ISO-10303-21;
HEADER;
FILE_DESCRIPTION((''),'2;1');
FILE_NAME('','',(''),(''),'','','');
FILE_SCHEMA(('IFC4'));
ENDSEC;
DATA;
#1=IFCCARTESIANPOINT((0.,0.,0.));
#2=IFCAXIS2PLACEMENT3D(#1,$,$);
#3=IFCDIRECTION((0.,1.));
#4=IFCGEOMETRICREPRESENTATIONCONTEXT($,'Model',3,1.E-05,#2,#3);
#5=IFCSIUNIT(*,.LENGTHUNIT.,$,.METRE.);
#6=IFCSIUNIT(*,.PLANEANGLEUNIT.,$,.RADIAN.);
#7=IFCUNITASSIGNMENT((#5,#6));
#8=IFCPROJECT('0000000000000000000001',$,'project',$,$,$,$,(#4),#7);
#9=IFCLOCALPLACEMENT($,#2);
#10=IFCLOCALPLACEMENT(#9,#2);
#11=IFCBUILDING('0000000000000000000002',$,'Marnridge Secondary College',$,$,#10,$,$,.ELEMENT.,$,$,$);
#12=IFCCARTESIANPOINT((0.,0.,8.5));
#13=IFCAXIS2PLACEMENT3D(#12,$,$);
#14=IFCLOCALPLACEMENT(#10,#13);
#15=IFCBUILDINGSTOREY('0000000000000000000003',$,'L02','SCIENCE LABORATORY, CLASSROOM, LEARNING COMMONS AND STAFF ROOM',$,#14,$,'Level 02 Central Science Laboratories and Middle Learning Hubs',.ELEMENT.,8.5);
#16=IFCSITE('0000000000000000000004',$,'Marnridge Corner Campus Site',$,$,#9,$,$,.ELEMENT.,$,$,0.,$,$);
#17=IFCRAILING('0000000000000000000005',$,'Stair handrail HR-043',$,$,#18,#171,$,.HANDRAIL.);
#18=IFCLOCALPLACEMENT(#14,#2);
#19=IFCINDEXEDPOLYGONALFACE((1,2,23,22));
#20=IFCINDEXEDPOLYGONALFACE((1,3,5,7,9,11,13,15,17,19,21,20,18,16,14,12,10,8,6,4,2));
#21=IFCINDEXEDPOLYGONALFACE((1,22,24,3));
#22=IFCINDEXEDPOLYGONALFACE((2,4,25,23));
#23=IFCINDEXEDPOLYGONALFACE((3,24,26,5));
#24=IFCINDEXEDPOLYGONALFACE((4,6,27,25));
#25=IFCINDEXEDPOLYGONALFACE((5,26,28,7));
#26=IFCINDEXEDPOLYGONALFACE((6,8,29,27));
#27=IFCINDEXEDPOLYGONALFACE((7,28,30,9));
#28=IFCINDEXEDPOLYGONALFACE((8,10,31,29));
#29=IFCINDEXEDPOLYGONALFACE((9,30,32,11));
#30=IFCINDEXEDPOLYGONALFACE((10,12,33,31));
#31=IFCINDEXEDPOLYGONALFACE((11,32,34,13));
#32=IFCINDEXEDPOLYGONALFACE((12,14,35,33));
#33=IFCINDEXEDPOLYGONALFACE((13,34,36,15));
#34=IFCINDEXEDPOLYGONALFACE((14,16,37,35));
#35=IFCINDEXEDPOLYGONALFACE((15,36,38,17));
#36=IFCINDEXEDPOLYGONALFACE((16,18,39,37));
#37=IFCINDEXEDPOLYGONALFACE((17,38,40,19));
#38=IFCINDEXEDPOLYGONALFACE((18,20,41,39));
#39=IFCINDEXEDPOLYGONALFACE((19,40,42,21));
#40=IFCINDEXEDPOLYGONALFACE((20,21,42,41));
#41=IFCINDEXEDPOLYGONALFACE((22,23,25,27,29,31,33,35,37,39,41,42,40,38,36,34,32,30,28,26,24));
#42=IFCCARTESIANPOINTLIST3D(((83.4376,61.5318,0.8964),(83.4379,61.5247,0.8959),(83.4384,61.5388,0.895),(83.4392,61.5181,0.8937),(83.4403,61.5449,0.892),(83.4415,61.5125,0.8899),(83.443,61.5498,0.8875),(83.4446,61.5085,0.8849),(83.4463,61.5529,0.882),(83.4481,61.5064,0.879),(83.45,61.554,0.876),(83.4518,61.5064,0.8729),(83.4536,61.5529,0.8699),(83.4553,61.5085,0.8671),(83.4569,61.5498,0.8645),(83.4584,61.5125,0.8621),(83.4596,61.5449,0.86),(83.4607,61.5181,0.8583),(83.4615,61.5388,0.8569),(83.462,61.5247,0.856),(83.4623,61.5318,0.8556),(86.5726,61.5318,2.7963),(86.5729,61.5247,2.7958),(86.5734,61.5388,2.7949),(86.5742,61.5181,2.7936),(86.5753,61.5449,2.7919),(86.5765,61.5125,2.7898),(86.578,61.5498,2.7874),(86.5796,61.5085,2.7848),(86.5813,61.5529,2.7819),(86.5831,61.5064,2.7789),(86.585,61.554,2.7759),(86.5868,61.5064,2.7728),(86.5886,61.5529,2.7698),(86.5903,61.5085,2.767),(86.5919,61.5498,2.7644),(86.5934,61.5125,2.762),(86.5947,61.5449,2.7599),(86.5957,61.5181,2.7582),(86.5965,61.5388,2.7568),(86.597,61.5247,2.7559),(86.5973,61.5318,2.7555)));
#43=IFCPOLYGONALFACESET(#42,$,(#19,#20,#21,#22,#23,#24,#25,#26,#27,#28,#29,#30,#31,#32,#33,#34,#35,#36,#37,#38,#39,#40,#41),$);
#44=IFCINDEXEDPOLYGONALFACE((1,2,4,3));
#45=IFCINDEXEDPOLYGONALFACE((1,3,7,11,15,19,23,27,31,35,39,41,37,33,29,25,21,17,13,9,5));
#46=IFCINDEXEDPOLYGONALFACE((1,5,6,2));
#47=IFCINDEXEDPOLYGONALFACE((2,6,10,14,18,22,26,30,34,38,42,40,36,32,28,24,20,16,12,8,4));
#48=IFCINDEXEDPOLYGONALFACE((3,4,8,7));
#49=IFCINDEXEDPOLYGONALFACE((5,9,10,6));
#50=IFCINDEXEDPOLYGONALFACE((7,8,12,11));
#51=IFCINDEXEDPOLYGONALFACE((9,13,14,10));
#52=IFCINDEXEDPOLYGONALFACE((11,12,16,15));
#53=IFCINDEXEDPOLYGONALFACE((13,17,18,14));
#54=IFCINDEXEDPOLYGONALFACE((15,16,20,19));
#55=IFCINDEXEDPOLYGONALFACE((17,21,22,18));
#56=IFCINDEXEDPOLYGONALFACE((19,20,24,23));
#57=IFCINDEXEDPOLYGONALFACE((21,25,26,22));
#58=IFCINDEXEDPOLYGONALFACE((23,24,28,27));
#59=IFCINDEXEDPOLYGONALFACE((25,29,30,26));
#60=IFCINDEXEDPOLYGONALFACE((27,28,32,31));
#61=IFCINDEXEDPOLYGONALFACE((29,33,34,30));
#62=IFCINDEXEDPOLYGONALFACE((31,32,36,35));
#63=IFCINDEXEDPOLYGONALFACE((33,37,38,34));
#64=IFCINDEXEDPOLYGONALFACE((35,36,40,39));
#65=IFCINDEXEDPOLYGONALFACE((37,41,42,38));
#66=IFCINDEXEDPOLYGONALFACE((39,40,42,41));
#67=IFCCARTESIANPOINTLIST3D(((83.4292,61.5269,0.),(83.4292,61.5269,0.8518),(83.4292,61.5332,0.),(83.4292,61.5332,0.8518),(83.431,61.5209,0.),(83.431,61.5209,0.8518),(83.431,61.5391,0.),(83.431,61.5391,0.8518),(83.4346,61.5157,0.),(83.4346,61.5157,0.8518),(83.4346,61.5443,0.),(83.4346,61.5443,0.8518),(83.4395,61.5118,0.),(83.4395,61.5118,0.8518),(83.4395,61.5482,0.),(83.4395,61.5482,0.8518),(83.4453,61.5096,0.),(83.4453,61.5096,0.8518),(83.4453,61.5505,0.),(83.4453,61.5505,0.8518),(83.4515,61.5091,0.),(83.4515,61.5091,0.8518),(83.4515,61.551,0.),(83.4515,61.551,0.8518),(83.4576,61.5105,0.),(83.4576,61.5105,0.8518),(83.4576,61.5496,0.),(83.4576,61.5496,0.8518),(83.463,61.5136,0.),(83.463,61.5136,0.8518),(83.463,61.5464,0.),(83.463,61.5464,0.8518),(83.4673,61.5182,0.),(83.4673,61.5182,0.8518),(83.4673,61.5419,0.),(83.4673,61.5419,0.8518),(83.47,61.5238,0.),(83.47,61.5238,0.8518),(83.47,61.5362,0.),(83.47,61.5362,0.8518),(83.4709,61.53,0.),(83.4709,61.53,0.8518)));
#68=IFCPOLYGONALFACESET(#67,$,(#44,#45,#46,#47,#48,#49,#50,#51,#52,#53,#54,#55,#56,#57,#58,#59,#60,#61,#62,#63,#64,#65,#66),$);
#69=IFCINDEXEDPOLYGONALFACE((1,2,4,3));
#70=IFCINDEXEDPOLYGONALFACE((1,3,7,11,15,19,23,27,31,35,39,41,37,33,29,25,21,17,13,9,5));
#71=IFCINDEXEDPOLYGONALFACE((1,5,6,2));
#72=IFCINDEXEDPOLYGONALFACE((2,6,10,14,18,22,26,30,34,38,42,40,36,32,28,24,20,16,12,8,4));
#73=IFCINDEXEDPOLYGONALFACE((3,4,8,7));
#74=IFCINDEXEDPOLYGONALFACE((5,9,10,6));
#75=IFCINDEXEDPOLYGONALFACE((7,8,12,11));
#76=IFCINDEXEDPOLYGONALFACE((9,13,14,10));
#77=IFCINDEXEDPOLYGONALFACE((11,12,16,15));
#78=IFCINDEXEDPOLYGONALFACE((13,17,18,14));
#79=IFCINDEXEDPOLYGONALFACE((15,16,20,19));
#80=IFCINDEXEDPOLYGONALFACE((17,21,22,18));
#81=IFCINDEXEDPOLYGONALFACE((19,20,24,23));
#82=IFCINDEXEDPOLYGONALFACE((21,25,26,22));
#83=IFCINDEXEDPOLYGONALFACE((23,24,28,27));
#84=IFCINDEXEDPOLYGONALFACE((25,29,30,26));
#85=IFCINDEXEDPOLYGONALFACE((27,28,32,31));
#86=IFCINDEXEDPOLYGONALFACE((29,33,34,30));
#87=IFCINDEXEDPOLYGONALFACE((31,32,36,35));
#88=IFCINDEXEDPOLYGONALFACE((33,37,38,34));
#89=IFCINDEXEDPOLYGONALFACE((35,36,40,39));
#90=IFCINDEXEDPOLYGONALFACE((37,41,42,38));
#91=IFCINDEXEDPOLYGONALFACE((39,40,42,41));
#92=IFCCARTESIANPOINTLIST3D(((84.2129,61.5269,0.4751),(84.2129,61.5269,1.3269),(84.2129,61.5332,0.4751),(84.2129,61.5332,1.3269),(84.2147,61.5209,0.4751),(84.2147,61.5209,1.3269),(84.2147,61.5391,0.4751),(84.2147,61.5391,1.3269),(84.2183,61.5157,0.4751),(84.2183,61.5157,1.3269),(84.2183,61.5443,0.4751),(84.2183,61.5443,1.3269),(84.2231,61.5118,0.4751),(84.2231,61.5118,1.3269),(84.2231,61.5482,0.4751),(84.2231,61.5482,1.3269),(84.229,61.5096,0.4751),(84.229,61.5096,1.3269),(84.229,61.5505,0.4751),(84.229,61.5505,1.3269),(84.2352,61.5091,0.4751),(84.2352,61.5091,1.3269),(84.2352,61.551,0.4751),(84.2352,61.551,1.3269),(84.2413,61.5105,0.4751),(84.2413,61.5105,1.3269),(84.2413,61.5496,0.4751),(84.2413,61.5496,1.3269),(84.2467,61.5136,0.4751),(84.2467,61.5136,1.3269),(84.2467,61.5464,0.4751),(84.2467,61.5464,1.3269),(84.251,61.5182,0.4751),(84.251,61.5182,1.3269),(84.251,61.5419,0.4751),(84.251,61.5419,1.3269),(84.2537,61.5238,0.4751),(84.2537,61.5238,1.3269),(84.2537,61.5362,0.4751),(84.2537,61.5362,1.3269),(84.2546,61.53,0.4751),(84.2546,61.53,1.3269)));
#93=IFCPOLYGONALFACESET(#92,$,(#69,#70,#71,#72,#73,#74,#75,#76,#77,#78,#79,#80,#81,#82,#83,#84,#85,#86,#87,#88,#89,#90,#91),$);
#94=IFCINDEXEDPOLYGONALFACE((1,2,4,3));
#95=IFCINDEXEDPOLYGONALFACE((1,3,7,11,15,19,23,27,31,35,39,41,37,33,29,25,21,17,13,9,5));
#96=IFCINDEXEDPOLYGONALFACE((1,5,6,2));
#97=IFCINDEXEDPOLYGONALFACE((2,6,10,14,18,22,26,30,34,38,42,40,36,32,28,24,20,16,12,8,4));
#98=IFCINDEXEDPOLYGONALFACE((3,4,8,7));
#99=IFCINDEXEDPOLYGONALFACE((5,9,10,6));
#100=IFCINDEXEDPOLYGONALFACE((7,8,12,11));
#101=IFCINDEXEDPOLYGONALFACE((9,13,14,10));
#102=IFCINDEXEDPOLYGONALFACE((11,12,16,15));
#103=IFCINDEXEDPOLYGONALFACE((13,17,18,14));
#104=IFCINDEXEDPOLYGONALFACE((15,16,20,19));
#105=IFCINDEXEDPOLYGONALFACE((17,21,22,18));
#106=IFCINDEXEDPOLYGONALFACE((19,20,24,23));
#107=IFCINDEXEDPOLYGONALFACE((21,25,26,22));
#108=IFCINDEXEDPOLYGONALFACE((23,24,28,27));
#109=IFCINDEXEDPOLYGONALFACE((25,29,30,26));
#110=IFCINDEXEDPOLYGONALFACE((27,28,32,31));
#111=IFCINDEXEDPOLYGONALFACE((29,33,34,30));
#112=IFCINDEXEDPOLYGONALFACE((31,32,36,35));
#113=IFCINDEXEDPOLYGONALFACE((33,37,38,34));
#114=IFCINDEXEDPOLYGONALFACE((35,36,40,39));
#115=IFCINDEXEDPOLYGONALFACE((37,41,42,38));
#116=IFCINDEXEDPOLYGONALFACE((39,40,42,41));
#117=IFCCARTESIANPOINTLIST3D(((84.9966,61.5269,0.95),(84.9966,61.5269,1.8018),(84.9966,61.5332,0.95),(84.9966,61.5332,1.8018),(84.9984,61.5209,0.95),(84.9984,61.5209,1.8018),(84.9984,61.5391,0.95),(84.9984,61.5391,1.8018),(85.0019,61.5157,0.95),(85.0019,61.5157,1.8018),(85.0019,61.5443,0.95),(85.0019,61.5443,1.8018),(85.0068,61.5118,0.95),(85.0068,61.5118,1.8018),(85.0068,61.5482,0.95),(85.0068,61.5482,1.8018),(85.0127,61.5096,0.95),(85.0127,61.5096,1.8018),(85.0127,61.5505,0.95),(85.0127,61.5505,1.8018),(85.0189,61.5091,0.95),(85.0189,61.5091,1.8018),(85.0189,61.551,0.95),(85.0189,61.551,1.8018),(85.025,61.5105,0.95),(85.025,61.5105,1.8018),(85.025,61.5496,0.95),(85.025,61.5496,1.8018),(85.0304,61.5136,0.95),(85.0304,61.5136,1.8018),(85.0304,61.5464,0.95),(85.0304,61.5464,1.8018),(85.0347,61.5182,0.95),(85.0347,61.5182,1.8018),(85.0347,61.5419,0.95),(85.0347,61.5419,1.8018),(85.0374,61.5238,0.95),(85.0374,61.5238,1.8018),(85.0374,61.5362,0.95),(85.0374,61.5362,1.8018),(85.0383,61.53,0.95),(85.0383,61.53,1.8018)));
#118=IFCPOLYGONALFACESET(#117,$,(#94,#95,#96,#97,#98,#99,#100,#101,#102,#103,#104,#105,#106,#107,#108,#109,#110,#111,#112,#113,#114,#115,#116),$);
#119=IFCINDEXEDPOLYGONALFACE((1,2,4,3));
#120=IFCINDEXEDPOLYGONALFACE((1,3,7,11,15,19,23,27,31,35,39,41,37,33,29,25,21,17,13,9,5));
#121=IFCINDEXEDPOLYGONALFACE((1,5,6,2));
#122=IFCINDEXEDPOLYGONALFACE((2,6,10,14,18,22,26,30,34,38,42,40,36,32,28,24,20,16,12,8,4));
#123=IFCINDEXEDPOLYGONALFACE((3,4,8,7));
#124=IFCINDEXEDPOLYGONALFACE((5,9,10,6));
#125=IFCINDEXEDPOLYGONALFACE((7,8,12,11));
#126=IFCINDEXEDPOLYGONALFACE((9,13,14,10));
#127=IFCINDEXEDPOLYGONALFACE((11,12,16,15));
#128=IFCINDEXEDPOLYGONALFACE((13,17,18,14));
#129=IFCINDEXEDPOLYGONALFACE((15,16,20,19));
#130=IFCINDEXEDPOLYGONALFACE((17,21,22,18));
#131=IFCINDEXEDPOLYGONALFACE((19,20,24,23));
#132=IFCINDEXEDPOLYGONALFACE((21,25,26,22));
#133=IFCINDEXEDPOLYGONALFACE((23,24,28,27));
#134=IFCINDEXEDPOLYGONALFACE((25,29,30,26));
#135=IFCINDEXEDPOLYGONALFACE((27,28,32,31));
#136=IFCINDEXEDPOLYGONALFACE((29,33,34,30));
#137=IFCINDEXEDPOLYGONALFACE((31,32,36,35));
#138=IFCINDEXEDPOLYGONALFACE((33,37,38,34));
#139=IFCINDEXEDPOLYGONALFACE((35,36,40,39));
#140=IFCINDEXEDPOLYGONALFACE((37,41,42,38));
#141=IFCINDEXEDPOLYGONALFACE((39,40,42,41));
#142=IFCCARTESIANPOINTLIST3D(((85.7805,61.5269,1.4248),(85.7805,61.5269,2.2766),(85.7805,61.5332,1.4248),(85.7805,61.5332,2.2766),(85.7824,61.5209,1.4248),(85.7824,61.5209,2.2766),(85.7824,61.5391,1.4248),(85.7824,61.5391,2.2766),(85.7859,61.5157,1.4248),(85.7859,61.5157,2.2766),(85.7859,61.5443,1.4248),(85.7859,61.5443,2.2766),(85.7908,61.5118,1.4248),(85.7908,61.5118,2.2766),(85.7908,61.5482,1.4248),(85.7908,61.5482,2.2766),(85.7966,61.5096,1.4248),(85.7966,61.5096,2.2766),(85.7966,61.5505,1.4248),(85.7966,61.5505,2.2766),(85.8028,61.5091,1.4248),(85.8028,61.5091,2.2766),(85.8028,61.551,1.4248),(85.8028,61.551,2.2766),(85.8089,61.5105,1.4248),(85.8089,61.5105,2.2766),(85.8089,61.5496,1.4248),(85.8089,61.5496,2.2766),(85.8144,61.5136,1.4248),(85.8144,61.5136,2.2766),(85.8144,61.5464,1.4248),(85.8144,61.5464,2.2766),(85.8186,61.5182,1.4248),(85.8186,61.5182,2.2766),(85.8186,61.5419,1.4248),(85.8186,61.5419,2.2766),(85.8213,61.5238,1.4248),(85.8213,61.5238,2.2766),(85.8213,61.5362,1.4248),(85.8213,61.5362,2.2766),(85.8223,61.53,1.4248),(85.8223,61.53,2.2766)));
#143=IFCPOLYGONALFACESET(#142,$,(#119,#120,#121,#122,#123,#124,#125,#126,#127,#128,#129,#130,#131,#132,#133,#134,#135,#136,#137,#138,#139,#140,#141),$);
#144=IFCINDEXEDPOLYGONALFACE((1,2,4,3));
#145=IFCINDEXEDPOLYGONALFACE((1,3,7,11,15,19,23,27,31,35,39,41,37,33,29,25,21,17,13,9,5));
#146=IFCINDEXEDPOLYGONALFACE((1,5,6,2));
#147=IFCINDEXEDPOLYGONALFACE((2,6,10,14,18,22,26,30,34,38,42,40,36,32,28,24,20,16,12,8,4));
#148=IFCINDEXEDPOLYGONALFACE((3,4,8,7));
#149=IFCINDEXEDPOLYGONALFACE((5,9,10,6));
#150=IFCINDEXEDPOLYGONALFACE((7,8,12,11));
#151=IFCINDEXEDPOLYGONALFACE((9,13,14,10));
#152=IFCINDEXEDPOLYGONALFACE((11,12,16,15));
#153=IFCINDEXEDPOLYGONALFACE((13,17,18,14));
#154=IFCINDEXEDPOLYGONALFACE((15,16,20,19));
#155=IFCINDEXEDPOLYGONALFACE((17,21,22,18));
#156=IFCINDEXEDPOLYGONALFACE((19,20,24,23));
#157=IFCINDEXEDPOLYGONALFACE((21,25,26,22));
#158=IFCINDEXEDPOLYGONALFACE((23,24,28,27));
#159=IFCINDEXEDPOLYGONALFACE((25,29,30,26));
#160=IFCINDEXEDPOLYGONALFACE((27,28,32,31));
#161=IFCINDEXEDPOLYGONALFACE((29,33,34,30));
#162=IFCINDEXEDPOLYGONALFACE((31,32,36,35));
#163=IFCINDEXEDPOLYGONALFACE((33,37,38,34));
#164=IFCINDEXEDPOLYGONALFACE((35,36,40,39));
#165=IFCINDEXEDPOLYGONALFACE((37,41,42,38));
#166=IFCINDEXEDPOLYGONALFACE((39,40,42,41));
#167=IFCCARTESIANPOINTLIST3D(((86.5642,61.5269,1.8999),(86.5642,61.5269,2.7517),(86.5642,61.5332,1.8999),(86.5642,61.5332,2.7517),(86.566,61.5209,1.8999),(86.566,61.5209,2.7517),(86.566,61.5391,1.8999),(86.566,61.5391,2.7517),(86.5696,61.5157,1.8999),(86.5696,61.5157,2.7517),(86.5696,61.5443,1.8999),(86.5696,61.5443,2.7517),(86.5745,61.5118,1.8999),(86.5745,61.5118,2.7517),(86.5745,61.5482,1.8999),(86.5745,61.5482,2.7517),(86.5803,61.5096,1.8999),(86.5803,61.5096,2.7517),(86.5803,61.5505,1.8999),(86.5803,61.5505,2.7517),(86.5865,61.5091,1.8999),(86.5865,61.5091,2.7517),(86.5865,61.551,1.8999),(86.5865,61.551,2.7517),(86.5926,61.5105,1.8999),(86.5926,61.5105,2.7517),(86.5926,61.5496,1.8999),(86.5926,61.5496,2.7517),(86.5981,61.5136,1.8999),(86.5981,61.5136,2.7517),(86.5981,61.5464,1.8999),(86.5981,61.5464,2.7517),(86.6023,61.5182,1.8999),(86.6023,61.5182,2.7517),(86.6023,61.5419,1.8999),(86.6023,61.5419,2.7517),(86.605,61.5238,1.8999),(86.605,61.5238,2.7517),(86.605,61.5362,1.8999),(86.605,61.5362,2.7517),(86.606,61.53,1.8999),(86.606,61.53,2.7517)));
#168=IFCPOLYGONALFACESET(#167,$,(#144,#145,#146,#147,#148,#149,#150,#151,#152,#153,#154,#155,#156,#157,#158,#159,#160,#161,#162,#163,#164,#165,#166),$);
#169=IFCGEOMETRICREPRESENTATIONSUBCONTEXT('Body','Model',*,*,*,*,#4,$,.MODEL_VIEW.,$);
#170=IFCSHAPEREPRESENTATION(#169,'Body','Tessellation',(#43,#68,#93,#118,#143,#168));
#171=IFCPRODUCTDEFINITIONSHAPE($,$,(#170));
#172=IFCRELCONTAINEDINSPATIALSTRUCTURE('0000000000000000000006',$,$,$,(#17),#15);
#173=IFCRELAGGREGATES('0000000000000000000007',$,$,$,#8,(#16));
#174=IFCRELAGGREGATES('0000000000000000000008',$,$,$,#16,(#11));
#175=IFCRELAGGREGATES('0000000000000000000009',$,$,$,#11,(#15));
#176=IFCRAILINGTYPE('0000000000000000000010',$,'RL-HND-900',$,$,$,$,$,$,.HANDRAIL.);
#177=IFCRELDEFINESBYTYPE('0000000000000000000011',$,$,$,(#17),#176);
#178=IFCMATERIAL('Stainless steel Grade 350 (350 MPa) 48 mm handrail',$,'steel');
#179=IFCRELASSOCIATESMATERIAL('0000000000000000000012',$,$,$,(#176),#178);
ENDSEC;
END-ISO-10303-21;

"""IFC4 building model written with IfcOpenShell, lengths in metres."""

from ifc_helpers import new_model, si_unit, direction, frame, origin, origin_2d, place, context, subcontext, project, spatial, circle, extrude, material, type_object, element, save


model = new_model("IFC4")

# Units and contexts
model_context = context("Model", 3, precision=1e-05, world=origin(), true_north=direction((0.0, 1.0)))
body_context = subcontext(model_context, "Body", "Model", "MODEL_VIEW")
ifc_project = project(units=[si_unit("LENGTHUNIT", "METRE"), si_unit("PLANEANGLEUNIT", "RADIAN")], contexts=[model_context])

# Site, building, storey
site_placement = place(None, origin())
site = spatial("IfcSite", under=ifc_project, at=site_placement, Name="Marnridge Corner Campus Site", CompositionType="ELEMENT", RefElevation=0.0)
building_placement = place(site_placement, origin())
building = spatial("IfcBuilding", under=site, at=building_placement, Name="Marnridge Secondary College", CompositionType="ELEMENT")
storey_placement = place(building_placement, frame((0.0, 0.0, 8.5)))
storey = spatial("IfcBuildingStorey", under=building, at=storey_placement, Name="L02", Description="SCIENCE LABORATORY, CLASSROOM, LEARNING COMMONS AND STAFF ROOM", LongName="Level 02 Central Science Laboratories and Middle Learning Hubs", CompositionType="ELEMENT", Elevation=8.5)

# Railing
ifc_material_1 = material(Name="Stainless steel Grade 350 (350 MPa) 48 mm handrail", Category="steel")
railing_type_1 = type_object("IfcRailingType", Name="RL-HND-900", PredefinedType="HANDRAIL", material=ifc_material_1)
for number, where, name in (
    (1, (83.45, 61.53, 0.0), "Stair handrail HR-043"),
):
    element("IfcRailing", number, at=place(storey_placement, frame(where)), inside=storey, type_object=railing_type_1, Name=name, PredefinedType="HANDRAIL", context=body_context, shape_type="SweptSolid", body=[
        extrude(circle(Radius=0.0239, at=origin_2d()), frame((0.0, 0.0, 0.876), z_axis=(0.85521, 0.0, 0.518281), x_axis=(0.0, 1.0, 0.0)), (0.0, 0.0, 1.0), 3.6658),
        extrude(circle(Radius=0.021, at=origin_2d()), origin(), (0.0, 0.0, 1.0), 0.8518),
        extrude(circle(Radius=0.021, at=origin_2d()), frame((0.7837, 0.0, 0.4751)), (0.0, 0.0, 1.0), 0.8518),
        extrude(circle(Radius=0.021, at=origin_2d()), frame((1.5674, 0.0, 0.95)), (0.0, 0.0, 1.0), 0.8518),
        extrude(circle(Radius=0.021, at=origin_2d()), frame((2.3513, 0.0, 1.4248)), (0.0, 0.0, 1.0), 0.8518),
        extrude(circle(Radius=0.021, at=origin_2d()), frame((3.135, 0.0, 1.8999)), (0.0, 0.0, 1.0), 0.8518),
    ])

save(model, "model.ifc")
